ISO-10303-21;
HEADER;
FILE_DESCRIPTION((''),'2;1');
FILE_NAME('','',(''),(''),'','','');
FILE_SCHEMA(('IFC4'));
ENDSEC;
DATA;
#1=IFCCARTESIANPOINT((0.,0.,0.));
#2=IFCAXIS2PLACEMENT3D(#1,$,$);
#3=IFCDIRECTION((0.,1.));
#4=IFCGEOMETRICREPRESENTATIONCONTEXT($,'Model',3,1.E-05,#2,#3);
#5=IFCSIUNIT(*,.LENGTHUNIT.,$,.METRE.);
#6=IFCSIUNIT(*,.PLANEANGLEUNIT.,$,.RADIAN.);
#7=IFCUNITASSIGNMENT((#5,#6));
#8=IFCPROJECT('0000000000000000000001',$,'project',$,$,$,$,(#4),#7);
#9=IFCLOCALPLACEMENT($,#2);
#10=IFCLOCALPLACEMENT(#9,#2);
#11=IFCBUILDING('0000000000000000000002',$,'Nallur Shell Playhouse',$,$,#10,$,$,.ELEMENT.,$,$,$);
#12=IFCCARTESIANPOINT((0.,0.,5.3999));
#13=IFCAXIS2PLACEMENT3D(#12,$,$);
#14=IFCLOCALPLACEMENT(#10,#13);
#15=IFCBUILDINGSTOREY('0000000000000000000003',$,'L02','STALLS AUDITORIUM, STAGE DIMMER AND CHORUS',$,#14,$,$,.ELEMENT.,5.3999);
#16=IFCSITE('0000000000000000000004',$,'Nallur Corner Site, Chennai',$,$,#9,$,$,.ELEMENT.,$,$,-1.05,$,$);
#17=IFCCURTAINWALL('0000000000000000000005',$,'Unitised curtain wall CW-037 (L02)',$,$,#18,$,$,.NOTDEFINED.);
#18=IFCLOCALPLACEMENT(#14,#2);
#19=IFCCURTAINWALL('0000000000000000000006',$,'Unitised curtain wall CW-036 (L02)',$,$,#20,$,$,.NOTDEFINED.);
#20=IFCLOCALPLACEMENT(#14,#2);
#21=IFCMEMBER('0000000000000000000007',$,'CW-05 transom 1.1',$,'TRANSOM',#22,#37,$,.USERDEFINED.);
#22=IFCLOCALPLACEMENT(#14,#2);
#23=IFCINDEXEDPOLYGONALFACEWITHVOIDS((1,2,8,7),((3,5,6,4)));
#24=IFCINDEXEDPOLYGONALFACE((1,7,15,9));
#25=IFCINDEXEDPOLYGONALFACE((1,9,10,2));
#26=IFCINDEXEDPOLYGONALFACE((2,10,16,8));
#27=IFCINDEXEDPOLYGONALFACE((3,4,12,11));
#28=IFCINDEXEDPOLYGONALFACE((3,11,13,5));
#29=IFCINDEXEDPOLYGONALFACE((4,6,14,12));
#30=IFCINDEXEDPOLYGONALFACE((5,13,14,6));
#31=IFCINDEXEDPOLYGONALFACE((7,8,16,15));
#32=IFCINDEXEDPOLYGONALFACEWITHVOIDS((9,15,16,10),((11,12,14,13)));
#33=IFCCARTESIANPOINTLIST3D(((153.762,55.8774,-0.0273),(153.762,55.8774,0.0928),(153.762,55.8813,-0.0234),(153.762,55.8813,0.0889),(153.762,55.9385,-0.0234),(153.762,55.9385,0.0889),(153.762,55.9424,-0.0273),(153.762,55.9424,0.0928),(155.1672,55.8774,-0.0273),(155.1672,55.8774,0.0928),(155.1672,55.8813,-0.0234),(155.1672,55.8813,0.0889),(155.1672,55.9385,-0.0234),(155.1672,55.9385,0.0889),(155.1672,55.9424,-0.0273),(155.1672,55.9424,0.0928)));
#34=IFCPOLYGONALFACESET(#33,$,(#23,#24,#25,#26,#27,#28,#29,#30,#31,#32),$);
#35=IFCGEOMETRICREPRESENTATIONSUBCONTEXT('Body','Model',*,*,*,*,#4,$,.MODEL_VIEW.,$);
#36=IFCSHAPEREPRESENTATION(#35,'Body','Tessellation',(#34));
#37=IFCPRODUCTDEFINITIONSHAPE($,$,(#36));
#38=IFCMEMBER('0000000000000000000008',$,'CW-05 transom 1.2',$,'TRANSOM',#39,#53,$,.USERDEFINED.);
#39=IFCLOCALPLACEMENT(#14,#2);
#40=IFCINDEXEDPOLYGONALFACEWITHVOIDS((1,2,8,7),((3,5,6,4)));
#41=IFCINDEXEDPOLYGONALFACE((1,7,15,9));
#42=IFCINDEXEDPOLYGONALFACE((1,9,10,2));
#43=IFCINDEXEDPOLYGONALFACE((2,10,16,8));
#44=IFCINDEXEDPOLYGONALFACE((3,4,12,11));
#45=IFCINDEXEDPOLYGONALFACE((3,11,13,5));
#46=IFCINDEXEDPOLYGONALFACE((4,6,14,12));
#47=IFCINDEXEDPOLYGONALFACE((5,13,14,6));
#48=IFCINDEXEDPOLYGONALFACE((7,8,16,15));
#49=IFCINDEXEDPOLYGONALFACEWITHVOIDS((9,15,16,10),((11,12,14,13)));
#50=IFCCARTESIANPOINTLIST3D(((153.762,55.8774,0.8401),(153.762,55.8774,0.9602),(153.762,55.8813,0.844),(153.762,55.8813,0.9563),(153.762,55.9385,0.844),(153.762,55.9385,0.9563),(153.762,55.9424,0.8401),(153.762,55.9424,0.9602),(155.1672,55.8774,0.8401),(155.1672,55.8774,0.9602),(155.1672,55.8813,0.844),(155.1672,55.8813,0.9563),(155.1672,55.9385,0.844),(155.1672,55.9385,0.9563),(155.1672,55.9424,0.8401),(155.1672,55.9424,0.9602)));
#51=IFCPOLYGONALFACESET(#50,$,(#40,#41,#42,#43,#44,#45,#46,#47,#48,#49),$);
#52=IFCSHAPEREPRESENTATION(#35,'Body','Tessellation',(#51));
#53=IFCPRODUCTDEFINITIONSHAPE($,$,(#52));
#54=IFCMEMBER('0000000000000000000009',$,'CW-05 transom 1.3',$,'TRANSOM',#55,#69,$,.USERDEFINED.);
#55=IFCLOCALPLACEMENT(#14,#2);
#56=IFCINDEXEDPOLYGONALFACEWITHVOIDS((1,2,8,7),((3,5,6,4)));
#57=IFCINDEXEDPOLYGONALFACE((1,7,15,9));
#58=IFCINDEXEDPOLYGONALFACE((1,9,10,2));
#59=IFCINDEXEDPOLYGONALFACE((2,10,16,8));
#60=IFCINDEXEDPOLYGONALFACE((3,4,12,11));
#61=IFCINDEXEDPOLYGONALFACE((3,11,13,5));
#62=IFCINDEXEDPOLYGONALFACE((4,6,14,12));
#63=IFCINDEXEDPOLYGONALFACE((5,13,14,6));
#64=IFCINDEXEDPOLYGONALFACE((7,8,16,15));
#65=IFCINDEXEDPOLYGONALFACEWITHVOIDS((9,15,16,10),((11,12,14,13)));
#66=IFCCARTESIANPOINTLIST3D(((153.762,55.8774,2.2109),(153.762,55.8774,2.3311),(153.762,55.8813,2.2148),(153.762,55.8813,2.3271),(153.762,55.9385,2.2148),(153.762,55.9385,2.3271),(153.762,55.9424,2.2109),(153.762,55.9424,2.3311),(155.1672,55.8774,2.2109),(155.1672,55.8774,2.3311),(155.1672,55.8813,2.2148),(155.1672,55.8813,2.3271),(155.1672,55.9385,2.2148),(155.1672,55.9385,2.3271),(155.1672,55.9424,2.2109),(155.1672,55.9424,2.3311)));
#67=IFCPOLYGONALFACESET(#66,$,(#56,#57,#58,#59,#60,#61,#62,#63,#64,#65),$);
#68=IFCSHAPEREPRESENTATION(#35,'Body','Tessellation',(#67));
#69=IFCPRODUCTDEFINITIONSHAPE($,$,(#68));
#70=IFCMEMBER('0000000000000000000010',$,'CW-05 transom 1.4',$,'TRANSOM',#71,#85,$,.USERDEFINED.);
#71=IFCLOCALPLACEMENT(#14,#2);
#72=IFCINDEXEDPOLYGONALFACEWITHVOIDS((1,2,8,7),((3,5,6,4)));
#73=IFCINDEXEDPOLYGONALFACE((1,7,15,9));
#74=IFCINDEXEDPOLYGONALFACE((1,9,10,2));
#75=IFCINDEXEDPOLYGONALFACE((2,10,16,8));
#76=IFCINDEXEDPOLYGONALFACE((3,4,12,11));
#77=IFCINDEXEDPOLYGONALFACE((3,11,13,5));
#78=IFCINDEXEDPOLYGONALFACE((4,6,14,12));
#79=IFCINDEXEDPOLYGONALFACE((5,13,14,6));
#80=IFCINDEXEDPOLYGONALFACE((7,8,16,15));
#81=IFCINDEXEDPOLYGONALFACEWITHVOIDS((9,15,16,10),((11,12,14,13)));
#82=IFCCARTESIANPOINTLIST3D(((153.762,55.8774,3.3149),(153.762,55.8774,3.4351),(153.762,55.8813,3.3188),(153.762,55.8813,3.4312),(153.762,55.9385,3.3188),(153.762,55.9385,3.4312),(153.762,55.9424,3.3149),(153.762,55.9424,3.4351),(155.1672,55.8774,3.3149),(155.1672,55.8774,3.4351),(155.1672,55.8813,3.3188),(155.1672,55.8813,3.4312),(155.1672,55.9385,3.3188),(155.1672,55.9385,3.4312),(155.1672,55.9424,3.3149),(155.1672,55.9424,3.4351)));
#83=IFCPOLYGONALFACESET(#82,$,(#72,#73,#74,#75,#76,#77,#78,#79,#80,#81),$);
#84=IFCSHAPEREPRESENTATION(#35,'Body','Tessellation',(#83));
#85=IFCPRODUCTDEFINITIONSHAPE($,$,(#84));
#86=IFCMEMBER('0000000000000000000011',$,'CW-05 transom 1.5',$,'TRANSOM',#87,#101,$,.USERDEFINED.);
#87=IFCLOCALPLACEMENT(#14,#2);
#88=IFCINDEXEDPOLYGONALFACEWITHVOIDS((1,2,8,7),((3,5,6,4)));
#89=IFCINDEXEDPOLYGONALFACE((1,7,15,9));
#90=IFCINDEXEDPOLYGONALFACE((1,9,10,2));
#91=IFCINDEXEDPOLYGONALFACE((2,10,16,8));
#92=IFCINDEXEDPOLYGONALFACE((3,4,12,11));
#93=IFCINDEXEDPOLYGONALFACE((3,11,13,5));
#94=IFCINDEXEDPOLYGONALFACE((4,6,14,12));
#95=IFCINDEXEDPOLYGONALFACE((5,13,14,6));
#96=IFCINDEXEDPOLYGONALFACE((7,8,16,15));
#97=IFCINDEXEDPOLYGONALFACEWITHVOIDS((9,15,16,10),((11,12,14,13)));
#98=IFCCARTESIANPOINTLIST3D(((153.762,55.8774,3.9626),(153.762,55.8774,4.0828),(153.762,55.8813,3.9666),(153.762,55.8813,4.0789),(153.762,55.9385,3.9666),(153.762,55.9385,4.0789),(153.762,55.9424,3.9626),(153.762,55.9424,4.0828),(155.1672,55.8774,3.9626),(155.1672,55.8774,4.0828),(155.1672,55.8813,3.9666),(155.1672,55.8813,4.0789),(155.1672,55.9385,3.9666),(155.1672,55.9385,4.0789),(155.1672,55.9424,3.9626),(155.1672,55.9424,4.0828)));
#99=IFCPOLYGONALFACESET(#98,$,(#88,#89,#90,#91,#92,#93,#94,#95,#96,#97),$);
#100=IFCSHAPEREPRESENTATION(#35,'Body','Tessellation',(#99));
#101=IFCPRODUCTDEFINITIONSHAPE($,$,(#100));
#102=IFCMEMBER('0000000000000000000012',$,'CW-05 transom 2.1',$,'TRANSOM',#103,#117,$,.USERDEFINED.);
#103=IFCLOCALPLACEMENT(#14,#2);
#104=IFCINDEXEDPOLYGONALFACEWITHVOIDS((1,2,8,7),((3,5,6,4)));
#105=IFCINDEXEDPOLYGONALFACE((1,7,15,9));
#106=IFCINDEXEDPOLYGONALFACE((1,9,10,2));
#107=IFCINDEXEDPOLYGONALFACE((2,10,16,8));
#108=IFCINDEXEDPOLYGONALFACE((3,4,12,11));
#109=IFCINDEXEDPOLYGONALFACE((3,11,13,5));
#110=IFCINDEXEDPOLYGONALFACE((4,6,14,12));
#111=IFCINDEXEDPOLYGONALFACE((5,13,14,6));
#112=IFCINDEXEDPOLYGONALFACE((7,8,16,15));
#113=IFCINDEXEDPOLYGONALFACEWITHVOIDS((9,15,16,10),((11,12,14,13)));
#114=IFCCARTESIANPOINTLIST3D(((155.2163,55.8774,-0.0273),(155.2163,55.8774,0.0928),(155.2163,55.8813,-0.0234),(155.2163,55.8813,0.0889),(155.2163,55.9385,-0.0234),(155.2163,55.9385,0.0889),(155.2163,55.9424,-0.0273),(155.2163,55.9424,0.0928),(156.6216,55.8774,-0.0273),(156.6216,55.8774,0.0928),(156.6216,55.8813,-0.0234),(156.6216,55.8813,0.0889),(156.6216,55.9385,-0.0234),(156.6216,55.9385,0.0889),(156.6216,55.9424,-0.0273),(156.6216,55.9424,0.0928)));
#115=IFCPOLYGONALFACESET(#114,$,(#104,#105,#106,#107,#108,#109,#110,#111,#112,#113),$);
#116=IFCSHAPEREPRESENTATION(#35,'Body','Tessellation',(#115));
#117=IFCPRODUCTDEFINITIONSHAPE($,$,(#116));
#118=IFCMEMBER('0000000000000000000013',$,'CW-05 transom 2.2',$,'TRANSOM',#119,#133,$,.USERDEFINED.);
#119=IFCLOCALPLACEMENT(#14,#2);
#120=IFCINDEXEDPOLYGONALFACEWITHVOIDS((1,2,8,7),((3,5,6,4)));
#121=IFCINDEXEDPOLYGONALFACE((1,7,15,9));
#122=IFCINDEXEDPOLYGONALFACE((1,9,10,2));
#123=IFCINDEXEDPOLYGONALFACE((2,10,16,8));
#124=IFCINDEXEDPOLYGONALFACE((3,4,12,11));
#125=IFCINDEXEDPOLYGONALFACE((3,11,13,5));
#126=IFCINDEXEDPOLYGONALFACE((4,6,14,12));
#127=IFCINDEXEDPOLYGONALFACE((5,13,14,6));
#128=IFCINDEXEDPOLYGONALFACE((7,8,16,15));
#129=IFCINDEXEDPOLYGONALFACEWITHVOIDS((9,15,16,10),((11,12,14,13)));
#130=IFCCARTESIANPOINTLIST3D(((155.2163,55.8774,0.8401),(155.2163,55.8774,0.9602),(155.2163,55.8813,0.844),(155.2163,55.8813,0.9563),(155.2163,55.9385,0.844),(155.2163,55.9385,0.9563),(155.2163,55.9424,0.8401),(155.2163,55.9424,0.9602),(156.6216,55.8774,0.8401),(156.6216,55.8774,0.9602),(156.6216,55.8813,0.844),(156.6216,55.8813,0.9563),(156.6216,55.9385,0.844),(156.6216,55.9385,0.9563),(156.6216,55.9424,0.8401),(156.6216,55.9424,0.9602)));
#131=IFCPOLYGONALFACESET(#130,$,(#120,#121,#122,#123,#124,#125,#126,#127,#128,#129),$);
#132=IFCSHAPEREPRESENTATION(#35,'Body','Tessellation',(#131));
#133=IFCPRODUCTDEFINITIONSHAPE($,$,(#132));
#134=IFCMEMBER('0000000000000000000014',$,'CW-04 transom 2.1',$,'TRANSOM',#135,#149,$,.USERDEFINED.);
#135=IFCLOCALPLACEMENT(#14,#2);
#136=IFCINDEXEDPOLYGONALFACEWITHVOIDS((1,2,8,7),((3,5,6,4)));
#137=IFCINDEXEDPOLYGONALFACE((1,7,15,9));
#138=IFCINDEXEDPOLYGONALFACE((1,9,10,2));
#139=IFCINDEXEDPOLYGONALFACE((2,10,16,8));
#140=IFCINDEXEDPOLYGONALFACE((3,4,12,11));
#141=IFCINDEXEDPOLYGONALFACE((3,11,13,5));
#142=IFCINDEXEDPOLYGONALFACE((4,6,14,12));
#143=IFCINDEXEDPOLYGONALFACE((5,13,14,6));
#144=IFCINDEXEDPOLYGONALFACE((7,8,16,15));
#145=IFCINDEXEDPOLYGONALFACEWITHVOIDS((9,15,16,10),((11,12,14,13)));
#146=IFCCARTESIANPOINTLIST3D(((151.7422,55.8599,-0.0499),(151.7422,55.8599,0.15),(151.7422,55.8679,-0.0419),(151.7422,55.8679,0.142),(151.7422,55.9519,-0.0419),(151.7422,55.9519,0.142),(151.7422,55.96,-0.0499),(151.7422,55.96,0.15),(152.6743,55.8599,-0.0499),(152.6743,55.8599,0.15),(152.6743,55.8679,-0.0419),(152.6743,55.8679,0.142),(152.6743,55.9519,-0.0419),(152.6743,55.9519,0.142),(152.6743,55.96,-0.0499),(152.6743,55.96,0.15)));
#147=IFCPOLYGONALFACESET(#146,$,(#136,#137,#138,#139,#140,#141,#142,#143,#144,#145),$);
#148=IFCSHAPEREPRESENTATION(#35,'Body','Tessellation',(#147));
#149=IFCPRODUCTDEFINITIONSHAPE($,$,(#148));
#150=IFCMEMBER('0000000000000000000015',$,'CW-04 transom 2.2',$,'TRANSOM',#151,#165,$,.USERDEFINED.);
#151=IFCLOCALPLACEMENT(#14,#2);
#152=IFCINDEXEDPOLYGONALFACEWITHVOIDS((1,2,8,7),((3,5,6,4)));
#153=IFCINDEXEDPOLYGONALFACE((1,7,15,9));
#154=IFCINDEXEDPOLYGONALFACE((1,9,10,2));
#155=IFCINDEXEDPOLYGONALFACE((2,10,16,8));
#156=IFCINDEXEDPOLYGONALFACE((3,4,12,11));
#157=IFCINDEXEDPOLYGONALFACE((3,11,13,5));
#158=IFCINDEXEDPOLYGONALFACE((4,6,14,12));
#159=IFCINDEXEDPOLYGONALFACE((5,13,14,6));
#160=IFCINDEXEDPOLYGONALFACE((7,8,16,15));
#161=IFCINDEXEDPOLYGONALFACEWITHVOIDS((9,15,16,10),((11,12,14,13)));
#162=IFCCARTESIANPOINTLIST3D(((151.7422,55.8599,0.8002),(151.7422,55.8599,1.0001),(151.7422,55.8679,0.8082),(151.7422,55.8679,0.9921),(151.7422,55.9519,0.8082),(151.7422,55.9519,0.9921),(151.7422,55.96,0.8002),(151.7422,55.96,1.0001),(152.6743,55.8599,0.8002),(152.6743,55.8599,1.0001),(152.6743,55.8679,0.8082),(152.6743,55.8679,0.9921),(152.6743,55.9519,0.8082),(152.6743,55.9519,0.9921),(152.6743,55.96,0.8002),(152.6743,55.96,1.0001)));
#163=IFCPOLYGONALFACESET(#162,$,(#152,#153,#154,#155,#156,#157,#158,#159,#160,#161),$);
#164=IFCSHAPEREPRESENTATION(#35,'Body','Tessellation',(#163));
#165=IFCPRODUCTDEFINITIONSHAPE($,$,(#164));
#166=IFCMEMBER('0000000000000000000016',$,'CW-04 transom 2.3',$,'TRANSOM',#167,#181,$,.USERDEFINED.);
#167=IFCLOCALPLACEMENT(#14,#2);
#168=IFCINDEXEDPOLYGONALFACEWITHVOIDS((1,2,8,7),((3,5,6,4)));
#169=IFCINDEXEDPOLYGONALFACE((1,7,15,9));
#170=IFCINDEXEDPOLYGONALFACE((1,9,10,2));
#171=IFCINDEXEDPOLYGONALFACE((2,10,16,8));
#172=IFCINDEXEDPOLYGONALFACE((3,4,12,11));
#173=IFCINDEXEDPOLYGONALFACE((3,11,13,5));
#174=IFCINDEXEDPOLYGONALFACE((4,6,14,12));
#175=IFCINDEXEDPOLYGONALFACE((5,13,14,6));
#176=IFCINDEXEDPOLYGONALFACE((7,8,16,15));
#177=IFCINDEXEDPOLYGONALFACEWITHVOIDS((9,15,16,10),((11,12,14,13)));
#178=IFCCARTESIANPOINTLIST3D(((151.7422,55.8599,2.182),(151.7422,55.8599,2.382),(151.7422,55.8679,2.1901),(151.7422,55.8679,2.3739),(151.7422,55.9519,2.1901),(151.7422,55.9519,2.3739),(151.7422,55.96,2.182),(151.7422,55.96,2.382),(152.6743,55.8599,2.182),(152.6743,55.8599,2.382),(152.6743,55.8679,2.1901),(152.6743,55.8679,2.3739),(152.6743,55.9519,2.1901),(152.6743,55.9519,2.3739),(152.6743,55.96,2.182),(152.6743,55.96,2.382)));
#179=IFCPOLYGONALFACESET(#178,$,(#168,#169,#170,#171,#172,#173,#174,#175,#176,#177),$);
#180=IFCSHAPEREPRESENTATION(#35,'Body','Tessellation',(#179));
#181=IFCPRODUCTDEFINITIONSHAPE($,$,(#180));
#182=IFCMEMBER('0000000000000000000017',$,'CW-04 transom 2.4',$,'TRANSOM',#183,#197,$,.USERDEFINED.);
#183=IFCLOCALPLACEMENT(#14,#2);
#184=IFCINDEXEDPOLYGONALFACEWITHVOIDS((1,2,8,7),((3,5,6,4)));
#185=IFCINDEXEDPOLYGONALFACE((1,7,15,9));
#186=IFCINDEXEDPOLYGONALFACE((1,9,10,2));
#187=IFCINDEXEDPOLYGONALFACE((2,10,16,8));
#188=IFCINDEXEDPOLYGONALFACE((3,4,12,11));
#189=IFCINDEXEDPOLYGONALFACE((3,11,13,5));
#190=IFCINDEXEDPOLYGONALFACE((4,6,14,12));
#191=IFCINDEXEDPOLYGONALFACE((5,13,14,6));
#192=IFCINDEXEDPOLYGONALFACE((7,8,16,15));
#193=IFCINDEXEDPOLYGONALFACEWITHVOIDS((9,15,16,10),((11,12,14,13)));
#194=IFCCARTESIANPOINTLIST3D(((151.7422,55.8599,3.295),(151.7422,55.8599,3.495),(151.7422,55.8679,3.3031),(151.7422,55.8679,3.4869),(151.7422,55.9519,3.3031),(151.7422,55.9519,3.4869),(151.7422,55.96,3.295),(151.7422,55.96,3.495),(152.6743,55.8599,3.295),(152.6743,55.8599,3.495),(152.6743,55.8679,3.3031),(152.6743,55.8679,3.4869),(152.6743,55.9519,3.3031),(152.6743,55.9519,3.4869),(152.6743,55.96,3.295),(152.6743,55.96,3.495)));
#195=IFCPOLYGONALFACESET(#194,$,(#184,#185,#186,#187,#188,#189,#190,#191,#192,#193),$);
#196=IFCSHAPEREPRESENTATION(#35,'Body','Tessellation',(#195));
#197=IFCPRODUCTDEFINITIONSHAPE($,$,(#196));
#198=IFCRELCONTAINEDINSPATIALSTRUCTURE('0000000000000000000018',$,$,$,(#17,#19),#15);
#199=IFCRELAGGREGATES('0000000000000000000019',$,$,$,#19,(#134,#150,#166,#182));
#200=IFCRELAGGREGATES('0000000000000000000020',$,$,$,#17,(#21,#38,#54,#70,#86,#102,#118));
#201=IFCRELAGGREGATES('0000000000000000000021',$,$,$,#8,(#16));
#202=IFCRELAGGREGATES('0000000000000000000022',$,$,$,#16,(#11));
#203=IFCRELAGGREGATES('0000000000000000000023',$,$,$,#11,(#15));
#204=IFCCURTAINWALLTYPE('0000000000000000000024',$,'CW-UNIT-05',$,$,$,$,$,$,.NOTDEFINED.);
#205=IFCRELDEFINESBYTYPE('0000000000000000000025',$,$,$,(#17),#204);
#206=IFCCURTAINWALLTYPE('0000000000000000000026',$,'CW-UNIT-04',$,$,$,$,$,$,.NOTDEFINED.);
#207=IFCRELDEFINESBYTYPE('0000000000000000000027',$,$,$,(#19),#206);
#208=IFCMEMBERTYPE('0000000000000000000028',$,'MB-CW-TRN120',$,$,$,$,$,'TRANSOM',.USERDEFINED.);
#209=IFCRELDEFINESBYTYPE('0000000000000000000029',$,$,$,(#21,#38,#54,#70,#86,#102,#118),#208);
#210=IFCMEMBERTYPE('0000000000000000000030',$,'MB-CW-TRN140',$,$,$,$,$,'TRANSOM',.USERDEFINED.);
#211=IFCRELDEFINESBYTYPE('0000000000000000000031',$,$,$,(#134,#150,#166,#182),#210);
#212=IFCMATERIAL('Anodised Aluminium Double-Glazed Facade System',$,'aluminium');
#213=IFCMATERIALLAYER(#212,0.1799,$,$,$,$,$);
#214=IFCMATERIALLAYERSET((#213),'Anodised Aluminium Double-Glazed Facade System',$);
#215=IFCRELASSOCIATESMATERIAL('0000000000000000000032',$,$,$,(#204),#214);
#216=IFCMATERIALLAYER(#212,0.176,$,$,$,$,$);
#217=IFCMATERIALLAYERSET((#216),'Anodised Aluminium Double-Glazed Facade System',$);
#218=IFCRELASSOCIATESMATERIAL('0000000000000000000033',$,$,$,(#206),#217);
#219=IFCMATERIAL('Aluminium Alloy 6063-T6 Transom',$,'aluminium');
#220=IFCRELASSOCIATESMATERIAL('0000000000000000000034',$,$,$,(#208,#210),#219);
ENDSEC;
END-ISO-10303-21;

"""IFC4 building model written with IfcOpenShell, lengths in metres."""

from ifc_helpers import new_model, si_unit, direction, frame, origin, origin_2d, place, context, subcontext, project, spatial, hollow_rectangle, extrude, material, layer, layer_set, material_profile, profile_set, type_object, element, aggregate, save


model = new_model("IFC4")

# Units and contexts
model_context = context("Model", 3, precision=1e-05, world=origin(), true_north=direction((0.0, 1.0)))
body_context = subcontext(model_context, "Body", "Model", "MODEL_VIEW")
ifc_project = project(units=[si_unit("LENGTHUNIT", "METRE"), si_unit("PLANEANGLEUNIT", "RADIAN")], contexts=[model_context])

# Site, building, storey
site_placement = place(None, origin())
site = spatial("IfcSite", under=ifc_project, at=site_placement, Name="Nallur Corner Site, Chennai", CompositionType="ELEMENT", RefElevation=-1.05)
building_placement = place(site_placement, origin())
building = spatial("IfcBuilding", under=site, at=building_placement, Name="Nallur Shell Playhouse", CompositionType="ELEMENT")
storey_placement = place(building_placement, frame((0.0, 0.0, 5.3999)))
storey = spatial("IfcBuildingStorey", under=building, at=storey_placement, Name="L02", Description="STALLS AUDITORIUM, STAGE DIMMER AND CHORUS", CompositionType="ELEMENT", Elevation=5.3999)

# Curtain walls
ifc_material_1 = material(Name="Anodised Aluminium Double-Glazed Facade System", Category="aluminium")
ifc_layer_1 = layer(ifc_material_1, 0.1799)
ifc_layer_set_1 = layer_set([ifc_layer_1], Name="Anodised Aluminium Double-Glazed Facade System")
curtain_wall_type_1 = type_object("IfcCurtainWallType", Name="CW-UNIT-05", PredefinedType="NOTDEFINED", material=ifc_layer_set_1)
curtain_wall_1_placement = place(storey_placement, origin())
curtain_wall_1 = element("IfcCurtainWall", 1, at=curtain_wall_1_placement, inside=storey, type_object=curtain_wall_type_1, Name="Unitised curtain wall CW-037 (L02)", PredefinedType="NOTDEFINED")
ifc_layer_2 = layer(ifc_material_1, 0.176)
ifc_layer_set_2 = layer_set([ifc_layer_2], Name="Anodised Aluminium Double-Glazed Facade System")
curtain_wall_type_2 = type_object("IfcCurtainWallType", Name="CW-UNIT-04", PredefinedType="NOTDEFINED", material=ifc_layer_set_2)
curtain_wall_2_placement = place(storey_placement, origin())
curtain_wall_2 = element("IfcCurtainWall", 2, at=curtain_wall_2_placement, inside=storey, type_object=curtain_wall_type_2, Name="Unitised curtain wall CW-036 (L02)", PredefinedType="NOTDEFINED")

# Members
ifc_material_2 = material(Name="Aluminium Alloy 6063-T6 Transom", Category="aluminium")
ifc_material_profile_1 = material_profile(ifc_material_2, hollow_rectangle(XDim=0.0649, YDim=0.1201, WallThickness=0.0039, at=origin_2d()), Name="ALU 65x120x4")
ifc_profile_set_1 = profile_set([ifc_material_profile_1], Name="Aluminium Alloy 6063-T6 Transom")
member_type_1 = type_object("IfcMemberType", Name="MB-CW-TRN120", ElementType="TRANSOM", PredefinedType="USERDEFINED", material=ifc_profile_set_1)
member_1_placement = place(storey_placement, frame((153.762, 55.9099, 0.0327), z_axis=(1.0, 0.0, 0.0), x_axis=(0.0, 1.0, 0.0)))
member_1 = element("IfcMember", 3, at=member_1_placement, type_object=member_type_1, Name="CW-05 transom 1.1", ObjectType="TRANSOM", PredefinedType="USERDEFINED", context=body_context, shape_type="SweptSolid", body=[
    extrude(hollow_rectangle(XDim=0.0649, YDim=0.1201, WallThickness=0.0039, at=origin_2d()), origin(), (0.0, 0.0, 1.0), 1.4053),
])
member_2_placement = place(storey_placement, frame((153.762, 55.9099, 0.9001), z_axis=(1.0, 0.0, 0.0), x_axis=(0.0, 1.0, 0.0)))
member_2 = element("IfcMember", 4, at=member_2_placement, type_object=member_type_1, Name="CW-05 transom 1.2", ObjectType="TRANSOM", PredefinedType="USERDEFINED", context=body_context, shape_type="SweptSolid", body=[
    extrude(hollow_rectangle(XDim=0.0649, YDim=0.1201, WallThickness=0.0039, at=origin_2d()), origin(), (0.0, 0.0, 1.0), 1.4053),
])
member_3_placement = place(storey_placement, frame((153.762, 55.9099, 2.271), z_axis=(1.0, 0.0, 0.0), x_axis=(0.0, 1.0, 0.0)))
member_3 = element("IfcMember", 5, at=member_3_placement, type_object=member_type_1, Name="CW-05 transom 1.3", ObjectType="TRANSOM", PredefinedType="USERDEFINED", context=body_context, shape_type="SweptSolid", body=[
    extrude(hollow_rectangle(XDim=0.0649, YDim=0.1201, WallThickness=0.0039, at=origin_2d()), origin(), (0.0, 0.0, 1.0), 1.4053),
])
member_4_placement = place(storey_placement, frame((153.762, 55.9099, 3.375), z_axis=(1.0, 0.0, 0.0), x_axis=(0.0, 1.0, 0.0)))
member_4 = element("IfcMember", 6, at=member_4_placement, type_object=member_type_1, Name="CW-05 transom 1.4", ObjectType="TRANSOM", PredefinedType="USERDEFINED", context=body_context, shape_type="SweptSolid", body=[
    extrude(hollow_rectangle(XDim=0.0649, YDim=0.1201, WallThickness=0.0039, at=origin_2d()), origin(), (0.0, 0.0, 1.0), 1.4053),
])
member_5_placement = place(storey_placement, frame((153.762, 55.9099, 4.0227), z_axis=(1.0, 0.0, 0.0), x_axis=(0.0, 1.0, 0.0)))
member_5 = element("IfcMember", 7, at=member_5_placement, type_object=member_type_1, Name="CW-05 transom 1.5", ObjectType="TRANSOM", PredefinedType="USERDEFINED", context=body_context, shape_type="SweptSolid", body=[
    extrude(hollow_rectangle(XDim=0.0649, YDim=0.1201, WallThickness=0.0039, at=origin_2d()), origin(), (0.0, 0.0, 1.0), 1.4053),
])
member_6_placement = place(storey_placement, frame((155.2163, 55.9099, 0.0327), z_axis=(1.0, 0.0, 0.0), x_axis=(0.0, 1.0, 0.0)))
member_6 = element("IfcMember", 8, at=member_6_placement, type_object=member_type_1, Name="CW-05 transom 2.1", ObjectType="TRANSOM", PredefinedType="USERDEFINED", context=body_context, shape_type="SweptSolid", body=[
    extrude(hollow_rectangle(XDim=0.0649, YDim=0.1201, WallThickness=0.0039, at=origin_2d()), origin(), (0.0, 0.0, 1.0), 1.4053),
])
member_7_placement = place(storey_placement, frame((155.2163, 55.9099, 0.9001), z_axis=(1.0, 0.0, 0.0), x_axis=(0.0, 1.0, 0.0)))
member_7 = element("IfcMember", 9, at=member_7_placement, type_object=member_type_1, Name="CW-05 transom 2.2", ObjectType="TRANSOM", PredefinedType="USERDEFINED", context=body_context, shape_type="SweptSolid", body=[
    extrude(hollow_rectangle(XDim=0.0649, YDim=0.1201, WallThickness=0.0039, at=origin_2d()), origin(), (0.0, 0.0, 1.0), 1.4053),
])
ifc_material_profile_2 = material_profile(ifc_material_2, hollow_rectangle(XDim=0.1001, YDim=0.2, WallThickness=0.0081, at=origin_2d()), Name="RHS 200x100x8")
ifc_profile_set_2 = profile_set([ifc_material_profile_2], Name="Aluminium Alloy 6063-T6 Transom")
member_type_2 = type_object("IfcMemberType", Name="MB-CW-TRN140", ElementType="TRANSOM", PredefinedType="USERDEFINED", material=ifc_profile_set_2)
member_8_placement = place(storey_placement, frame((151.7422, 55.9099, 0.05), z_axis=(1.0, 0.0, 0.0), x_axis=(0.0, 1.0, 0.0)))
member_8 = element("IfcMember", 10, at=member_8_placement, type_object=member_type_2, Name="CW-04 transom 2.1", ObjectType="TRANSOM", PredefinedType="USERDEFINED", context=body_context, shape_type="SweptSolid", body=[
    extrude(hollow_rectangle(XDim=0.1001, YDim=0.2, WallThickness=0.0081, at=origin_2d()), origin(), (0.0, 0.0, 1.0), 0.9321),
])
member_9_placement = place(storey_placement, frame((151.7422, 55.9099, 0.9001), z_axis=(1.0, 0.0, 0.0), x_axis=(0.0, 1.0, 0.0)))
member_9 = element("IfcMember", 11, at=member_9_placement, type_object=member_type_2, Name="CW-04 transom 2.2", ObjectType="TRANSOM", PredefinedType="USERDEFINED", context=body_context, shape_type="SweptSolid", body=[
    extrude(hollow_rectangle(XDim=0.1001, YDim=0.2, WallThickness=0.0081, at=origin_2d()), origin(), (0.0, 0.0, 1.0), 0.9321),
])
member_10_placement = place(storey_placement, frame((151.7422, 55.9099, 2.282), z_axis=(1.0, 0.0, 0.0), x_axis=(0.0, 1.0, 0.0)))
member_10 = element("IfcMember", 12, at=member_10_placement, type_object=member_type_2, Name="CW-04 transom 2.3", ObjectType="TRANSOM", PredefinedType="USERDEFINED", context=body_context, shape_type="SweptSolid", body=[
    extrude(hollow_rectangle(XDim=0.1001, YDim=0.2, WallThickness=0.0081, at=origin_2d()), origin(), (0.0, 0.0, 1.0), 0.9321),
])
member_11_placement = place(storey_placement, frame((151.7422, 55.9099, 3.395), z_axis=(1.0, 0.0, 0.0), x_axis=(0.0, 1.0, 0.0)))
member_11 = element("IfcMember", 13, at=member_11_placement, type_object=member_type_2, Name="CW-04 transom 2.4", ObjectType="TRANSOM", PredefinedType="USERDEFINED", context=body_context, shape_type="SweptSolid", body=[
    extrude(hollow_rectangle(XDim=0.1001, YDim=0.2, WallThickness=0.0081, at=origin_2d()), origin(), (0.0, 0.0, 1.0), 0.9321),
])

aggregate(curtain_wall_2, [member_8, member_9, member_10, member_11])
aggregate(curtain_wall_1, [member_1, member_2, member_3, member_4, member_5, member_6, member_7])

save(model, "model.ifc")
